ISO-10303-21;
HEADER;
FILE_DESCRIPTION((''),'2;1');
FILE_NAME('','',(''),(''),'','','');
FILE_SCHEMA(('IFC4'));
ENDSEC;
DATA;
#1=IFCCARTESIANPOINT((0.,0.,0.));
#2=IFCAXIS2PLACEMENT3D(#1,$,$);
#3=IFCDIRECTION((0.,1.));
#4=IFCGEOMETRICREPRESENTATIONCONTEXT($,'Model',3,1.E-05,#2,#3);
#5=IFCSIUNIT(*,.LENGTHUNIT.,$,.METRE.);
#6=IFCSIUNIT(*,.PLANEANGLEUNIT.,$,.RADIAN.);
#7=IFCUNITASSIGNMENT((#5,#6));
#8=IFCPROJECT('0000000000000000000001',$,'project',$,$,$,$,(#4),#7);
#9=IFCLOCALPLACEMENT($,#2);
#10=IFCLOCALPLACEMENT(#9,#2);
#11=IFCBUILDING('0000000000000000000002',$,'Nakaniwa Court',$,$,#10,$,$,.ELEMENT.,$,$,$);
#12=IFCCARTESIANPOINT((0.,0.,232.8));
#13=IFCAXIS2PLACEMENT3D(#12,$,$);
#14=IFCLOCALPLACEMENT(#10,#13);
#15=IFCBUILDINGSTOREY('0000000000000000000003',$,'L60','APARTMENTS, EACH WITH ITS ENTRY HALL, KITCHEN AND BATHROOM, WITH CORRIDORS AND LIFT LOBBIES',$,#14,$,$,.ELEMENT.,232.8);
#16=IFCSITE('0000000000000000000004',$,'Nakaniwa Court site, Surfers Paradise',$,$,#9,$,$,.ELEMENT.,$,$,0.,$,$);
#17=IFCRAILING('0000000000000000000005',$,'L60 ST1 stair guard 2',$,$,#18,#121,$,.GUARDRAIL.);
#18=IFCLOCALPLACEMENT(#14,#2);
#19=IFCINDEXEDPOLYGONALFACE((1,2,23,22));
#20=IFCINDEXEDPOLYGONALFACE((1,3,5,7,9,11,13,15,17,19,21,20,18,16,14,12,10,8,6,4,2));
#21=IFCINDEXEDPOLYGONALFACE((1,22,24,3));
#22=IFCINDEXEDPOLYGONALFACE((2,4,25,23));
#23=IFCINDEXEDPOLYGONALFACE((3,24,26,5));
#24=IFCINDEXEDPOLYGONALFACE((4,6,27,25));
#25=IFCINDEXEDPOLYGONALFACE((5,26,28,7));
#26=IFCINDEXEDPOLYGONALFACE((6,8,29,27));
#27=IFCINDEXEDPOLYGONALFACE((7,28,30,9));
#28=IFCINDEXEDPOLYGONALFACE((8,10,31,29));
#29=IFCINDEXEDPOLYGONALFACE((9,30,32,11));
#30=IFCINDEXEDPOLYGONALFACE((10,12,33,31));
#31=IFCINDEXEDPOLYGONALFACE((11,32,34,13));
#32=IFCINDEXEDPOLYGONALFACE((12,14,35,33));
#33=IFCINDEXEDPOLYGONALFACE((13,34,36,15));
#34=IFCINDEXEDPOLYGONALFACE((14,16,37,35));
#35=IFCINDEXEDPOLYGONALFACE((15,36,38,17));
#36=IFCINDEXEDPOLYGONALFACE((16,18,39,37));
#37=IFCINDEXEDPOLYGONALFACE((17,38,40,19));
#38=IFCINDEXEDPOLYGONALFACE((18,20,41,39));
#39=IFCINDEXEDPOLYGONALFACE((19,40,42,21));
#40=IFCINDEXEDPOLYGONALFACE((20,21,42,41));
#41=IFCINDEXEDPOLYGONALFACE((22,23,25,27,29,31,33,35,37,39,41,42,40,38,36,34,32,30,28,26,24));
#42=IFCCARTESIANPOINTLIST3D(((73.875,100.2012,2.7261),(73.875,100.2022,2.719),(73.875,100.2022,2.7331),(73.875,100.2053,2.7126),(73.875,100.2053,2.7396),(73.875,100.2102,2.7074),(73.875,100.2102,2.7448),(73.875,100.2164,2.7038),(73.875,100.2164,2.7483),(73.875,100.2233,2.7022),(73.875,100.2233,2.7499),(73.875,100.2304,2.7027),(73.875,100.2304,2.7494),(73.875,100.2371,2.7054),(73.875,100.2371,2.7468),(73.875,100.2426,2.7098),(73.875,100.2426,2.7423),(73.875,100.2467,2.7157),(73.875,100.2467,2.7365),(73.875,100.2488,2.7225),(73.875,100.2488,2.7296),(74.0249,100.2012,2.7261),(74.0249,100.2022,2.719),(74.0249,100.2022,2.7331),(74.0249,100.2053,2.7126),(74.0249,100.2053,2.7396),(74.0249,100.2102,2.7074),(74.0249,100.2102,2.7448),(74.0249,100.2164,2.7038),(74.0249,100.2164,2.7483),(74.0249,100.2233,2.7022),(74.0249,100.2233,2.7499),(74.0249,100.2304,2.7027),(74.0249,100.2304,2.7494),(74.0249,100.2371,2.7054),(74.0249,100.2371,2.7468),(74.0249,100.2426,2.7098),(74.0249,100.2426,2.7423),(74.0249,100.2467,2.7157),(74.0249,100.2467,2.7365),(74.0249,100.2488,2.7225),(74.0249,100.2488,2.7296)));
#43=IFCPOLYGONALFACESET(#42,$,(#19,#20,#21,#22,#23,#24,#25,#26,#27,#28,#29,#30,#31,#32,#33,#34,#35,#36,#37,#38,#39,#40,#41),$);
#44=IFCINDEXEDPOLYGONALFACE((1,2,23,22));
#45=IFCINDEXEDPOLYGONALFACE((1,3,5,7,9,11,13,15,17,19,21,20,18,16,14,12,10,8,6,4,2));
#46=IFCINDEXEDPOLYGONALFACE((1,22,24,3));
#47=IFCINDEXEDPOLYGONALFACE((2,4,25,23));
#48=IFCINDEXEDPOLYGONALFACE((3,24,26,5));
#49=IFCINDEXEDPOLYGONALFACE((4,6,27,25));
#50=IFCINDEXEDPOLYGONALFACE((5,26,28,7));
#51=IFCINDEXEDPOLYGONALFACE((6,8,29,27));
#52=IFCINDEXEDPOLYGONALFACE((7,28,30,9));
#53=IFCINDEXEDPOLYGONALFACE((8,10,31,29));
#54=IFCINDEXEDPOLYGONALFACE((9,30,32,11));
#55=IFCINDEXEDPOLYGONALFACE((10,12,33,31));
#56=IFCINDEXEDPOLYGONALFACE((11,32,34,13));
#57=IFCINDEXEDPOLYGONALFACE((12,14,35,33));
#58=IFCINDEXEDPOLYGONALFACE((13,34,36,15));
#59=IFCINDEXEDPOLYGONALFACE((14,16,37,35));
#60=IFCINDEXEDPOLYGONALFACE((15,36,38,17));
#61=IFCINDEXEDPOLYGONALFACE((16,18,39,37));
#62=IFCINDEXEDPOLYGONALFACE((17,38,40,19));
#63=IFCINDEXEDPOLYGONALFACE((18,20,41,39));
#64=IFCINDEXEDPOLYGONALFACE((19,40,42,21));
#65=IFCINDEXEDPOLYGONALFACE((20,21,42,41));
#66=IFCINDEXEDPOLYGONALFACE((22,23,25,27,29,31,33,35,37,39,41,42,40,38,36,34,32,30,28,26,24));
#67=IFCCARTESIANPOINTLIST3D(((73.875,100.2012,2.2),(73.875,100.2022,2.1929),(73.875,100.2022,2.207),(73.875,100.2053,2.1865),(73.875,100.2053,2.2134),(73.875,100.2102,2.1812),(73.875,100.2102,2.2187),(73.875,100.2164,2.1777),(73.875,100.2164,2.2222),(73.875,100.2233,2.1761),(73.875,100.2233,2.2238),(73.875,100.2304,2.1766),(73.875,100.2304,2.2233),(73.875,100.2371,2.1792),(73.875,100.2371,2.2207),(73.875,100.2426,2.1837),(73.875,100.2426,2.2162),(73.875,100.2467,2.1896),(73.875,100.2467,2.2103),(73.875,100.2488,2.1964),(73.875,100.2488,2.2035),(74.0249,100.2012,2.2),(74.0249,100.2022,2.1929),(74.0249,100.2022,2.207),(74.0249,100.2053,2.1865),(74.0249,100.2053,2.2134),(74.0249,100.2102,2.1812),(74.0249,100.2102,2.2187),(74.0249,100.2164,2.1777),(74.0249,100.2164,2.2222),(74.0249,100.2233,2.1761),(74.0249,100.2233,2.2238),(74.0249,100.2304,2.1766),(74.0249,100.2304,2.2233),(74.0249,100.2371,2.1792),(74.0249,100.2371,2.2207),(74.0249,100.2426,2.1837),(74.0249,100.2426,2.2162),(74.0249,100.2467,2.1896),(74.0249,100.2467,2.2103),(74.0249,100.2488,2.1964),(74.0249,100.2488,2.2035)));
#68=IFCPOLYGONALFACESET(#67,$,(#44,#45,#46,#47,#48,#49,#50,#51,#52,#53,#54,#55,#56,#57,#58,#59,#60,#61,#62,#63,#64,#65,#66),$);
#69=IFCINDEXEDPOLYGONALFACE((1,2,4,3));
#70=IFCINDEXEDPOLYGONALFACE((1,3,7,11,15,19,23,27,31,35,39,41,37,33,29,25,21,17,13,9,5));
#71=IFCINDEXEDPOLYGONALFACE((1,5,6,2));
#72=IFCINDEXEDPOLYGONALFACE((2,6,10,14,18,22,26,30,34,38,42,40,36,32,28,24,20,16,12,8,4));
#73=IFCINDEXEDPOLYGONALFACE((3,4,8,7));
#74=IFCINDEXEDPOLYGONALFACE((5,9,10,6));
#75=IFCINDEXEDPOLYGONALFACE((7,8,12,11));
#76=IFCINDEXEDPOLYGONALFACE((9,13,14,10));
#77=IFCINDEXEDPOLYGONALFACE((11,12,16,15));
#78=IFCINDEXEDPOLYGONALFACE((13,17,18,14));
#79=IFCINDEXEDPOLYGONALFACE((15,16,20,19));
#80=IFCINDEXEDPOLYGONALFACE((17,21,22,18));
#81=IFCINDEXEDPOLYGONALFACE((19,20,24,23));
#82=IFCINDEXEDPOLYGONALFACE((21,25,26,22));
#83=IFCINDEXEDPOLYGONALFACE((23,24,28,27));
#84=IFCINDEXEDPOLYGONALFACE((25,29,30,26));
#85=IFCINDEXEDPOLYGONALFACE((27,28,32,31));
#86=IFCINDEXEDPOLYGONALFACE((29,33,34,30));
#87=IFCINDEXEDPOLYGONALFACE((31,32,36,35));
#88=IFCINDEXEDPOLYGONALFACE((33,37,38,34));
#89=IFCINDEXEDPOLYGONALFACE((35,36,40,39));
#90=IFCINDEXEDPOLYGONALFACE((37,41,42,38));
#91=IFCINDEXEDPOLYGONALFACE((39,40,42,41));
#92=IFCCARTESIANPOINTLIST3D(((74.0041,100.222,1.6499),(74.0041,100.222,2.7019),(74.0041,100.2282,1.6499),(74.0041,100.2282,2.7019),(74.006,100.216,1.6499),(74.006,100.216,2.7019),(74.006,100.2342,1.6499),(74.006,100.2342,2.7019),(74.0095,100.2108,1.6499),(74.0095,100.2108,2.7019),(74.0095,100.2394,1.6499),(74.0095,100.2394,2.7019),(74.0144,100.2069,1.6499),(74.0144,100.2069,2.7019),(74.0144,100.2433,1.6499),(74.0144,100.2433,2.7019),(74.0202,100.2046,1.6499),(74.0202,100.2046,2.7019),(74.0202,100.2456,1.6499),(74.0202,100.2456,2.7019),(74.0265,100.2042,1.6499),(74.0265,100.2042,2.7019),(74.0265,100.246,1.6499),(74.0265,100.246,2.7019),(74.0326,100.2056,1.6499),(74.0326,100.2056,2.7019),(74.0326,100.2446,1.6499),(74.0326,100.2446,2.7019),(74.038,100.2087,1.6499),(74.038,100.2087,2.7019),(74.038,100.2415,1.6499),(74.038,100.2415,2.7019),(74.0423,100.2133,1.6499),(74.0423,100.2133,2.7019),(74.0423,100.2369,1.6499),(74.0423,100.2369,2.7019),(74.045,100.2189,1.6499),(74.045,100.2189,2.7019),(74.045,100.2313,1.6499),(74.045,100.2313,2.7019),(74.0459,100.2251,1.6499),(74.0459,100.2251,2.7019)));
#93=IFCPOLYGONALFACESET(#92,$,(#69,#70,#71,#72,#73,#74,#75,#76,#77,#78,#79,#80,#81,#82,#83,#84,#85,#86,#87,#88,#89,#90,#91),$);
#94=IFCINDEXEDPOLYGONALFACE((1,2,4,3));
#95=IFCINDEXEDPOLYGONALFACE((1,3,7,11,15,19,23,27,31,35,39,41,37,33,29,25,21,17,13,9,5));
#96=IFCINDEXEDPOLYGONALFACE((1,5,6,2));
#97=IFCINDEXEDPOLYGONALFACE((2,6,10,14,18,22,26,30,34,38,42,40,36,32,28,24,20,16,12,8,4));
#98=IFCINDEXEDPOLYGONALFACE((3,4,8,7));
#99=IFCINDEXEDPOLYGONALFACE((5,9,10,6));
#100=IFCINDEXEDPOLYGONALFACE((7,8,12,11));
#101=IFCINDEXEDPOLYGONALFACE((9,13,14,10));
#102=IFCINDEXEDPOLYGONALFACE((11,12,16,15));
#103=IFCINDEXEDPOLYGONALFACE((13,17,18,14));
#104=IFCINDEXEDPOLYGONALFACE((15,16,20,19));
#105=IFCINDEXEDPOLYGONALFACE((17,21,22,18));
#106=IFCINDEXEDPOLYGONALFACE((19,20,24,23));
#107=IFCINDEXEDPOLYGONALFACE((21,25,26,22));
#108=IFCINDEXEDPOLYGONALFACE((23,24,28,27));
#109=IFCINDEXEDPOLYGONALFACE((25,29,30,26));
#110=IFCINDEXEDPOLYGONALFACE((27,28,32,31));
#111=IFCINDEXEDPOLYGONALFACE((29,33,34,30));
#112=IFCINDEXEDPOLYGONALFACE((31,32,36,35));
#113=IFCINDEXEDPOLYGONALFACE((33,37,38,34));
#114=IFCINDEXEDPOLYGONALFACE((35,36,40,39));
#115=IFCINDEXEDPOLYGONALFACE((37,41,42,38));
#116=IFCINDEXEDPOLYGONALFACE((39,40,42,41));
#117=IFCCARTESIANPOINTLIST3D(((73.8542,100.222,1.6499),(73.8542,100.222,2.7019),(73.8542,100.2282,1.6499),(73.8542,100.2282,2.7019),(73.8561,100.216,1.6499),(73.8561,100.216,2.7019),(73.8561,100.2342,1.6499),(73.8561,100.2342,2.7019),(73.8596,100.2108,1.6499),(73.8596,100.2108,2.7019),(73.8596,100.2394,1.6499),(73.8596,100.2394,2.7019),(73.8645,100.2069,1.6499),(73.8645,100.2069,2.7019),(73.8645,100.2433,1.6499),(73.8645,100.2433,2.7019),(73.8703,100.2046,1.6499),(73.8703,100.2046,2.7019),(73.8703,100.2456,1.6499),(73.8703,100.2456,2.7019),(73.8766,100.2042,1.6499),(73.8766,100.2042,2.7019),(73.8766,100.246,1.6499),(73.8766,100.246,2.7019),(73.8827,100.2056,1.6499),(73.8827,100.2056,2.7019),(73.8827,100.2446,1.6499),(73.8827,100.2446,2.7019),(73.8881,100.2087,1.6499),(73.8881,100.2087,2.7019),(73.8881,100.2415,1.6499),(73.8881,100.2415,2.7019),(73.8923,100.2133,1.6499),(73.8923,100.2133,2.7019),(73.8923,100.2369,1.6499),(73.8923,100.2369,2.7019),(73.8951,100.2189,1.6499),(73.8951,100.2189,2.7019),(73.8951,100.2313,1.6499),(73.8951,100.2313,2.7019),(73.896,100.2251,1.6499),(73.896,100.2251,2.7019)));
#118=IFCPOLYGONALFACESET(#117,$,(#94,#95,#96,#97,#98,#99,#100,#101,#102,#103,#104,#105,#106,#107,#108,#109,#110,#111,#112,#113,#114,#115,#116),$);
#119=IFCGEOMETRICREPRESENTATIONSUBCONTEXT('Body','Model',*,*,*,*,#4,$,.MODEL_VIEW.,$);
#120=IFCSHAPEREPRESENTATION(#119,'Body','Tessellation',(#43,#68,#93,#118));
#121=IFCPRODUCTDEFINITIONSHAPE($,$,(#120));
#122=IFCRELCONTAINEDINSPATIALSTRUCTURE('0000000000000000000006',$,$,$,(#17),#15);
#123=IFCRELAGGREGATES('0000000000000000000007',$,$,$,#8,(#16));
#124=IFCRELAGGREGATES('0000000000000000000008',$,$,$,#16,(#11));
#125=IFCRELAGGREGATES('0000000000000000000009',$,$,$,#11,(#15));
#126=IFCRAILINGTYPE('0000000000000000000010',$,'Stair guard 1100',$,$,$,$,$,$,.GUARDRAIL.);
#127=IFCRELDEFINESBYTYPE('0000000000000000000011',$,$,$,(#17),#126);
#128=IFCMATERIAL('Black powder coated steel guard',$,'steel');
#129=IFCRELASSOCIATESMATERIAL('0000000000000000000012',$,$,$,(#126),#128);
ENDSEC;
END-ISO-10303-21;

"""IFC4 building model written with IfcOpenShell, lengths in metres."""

from ifc_helpers import new_model, si_unit, direction, frame, origin, origin_2d, place, context, subcontext, project, spatial, circle, extrude, material, type_object, element, save


model = new_model("IFC4")

# Units and contexts
model_context = context("Model", 3, precision=1e-05, world=origin(), true_north=direction((0.0, 1.0)))
body_context = subcontext(model_context, "Body", "Model", "MODEL_VIEW")
ifc_project = project(units=[si_unit("LENGTHUNIT", "METRE"), si_unit("PLANEANGLEUNIT", "RADIAN")], contexts=[model_context])

# Site, building, storey
site_placement = place(None, origin())
site = spatial("IfcSite", under=ifc_project, at=site_placement, Name="Nakaniwa Court site, Surfers Paradise", CompositionType="ELEMENT", RefElevation=0.0)
building_placement = place(site_placement, origin())
building = spatial("IfcBuilding", under=site, at=building_placement, Name="Nakaniwa Court", CompositionType="ELEMENT")
storey_placement = place(building_placement, frame((0.0, 0.0, 232.8)))
storey = spatial("IfcBuildingStorey", under=building, at=storey_placement, Name="L60", Description="APARTMENTS, EACH WITH ITS ENTRY HALL, KITCHEN AND BATHROOM, WITH CORRIDORS AND LIFT LOBBIES", CompositionType="ELEMENT", Elevation=232.8)

# Railing
ifc_material_1 = material(Name="Black powder coated steel guard", Category="steel")
railing_type_1 = type_object("IfcRailingType", Name="Stair guard 1100", PredefinedType="GUARDRAIL", material=ifc_material_1)
railing_1_placement = place(storey_placement, frame((74.0249, 100.2251, 1.6499)))
element("IfcRailing", 1, at=railing_1_placement, inside=storey, type_object=railing_type_1, Name="L60 ST1 stair guard 2", PredefinedType="GUARDRAIL", context=body_context, shape_type="SweptSolid", body=[
    extrude(circle(Radius=0.0239, at=origin_2d()), frame((0.0, 0.0, 1.0762), z_axis=(-1.0, 0.0, 0.0), x_axis=(0.0, -1.0, 0.0)), (0.0, 0.0, 1.0), 0.1499),
    extrude(circle(Radius=0.0239, at=origin_2d()), frame((0.0, 0.0, 0.55), z_axis=(-1.0, 0.0, 0.0), x_axis=(0.0, -1.0, 0.0)), (0.0, 0.0, 1.0), 0.1499),
    extrude(circle(Radius=0.021, at=origin_2d()), origin(), (0.0, 0.0, 1.0), 1.052),
    extrude(circle(Radius=0.021, at=origin_2d()), frame((-0.1499, 0.0, 0.0)), (0.0, 0.0, 1.0), 1.052),
])

save(model, "model.ifc")
